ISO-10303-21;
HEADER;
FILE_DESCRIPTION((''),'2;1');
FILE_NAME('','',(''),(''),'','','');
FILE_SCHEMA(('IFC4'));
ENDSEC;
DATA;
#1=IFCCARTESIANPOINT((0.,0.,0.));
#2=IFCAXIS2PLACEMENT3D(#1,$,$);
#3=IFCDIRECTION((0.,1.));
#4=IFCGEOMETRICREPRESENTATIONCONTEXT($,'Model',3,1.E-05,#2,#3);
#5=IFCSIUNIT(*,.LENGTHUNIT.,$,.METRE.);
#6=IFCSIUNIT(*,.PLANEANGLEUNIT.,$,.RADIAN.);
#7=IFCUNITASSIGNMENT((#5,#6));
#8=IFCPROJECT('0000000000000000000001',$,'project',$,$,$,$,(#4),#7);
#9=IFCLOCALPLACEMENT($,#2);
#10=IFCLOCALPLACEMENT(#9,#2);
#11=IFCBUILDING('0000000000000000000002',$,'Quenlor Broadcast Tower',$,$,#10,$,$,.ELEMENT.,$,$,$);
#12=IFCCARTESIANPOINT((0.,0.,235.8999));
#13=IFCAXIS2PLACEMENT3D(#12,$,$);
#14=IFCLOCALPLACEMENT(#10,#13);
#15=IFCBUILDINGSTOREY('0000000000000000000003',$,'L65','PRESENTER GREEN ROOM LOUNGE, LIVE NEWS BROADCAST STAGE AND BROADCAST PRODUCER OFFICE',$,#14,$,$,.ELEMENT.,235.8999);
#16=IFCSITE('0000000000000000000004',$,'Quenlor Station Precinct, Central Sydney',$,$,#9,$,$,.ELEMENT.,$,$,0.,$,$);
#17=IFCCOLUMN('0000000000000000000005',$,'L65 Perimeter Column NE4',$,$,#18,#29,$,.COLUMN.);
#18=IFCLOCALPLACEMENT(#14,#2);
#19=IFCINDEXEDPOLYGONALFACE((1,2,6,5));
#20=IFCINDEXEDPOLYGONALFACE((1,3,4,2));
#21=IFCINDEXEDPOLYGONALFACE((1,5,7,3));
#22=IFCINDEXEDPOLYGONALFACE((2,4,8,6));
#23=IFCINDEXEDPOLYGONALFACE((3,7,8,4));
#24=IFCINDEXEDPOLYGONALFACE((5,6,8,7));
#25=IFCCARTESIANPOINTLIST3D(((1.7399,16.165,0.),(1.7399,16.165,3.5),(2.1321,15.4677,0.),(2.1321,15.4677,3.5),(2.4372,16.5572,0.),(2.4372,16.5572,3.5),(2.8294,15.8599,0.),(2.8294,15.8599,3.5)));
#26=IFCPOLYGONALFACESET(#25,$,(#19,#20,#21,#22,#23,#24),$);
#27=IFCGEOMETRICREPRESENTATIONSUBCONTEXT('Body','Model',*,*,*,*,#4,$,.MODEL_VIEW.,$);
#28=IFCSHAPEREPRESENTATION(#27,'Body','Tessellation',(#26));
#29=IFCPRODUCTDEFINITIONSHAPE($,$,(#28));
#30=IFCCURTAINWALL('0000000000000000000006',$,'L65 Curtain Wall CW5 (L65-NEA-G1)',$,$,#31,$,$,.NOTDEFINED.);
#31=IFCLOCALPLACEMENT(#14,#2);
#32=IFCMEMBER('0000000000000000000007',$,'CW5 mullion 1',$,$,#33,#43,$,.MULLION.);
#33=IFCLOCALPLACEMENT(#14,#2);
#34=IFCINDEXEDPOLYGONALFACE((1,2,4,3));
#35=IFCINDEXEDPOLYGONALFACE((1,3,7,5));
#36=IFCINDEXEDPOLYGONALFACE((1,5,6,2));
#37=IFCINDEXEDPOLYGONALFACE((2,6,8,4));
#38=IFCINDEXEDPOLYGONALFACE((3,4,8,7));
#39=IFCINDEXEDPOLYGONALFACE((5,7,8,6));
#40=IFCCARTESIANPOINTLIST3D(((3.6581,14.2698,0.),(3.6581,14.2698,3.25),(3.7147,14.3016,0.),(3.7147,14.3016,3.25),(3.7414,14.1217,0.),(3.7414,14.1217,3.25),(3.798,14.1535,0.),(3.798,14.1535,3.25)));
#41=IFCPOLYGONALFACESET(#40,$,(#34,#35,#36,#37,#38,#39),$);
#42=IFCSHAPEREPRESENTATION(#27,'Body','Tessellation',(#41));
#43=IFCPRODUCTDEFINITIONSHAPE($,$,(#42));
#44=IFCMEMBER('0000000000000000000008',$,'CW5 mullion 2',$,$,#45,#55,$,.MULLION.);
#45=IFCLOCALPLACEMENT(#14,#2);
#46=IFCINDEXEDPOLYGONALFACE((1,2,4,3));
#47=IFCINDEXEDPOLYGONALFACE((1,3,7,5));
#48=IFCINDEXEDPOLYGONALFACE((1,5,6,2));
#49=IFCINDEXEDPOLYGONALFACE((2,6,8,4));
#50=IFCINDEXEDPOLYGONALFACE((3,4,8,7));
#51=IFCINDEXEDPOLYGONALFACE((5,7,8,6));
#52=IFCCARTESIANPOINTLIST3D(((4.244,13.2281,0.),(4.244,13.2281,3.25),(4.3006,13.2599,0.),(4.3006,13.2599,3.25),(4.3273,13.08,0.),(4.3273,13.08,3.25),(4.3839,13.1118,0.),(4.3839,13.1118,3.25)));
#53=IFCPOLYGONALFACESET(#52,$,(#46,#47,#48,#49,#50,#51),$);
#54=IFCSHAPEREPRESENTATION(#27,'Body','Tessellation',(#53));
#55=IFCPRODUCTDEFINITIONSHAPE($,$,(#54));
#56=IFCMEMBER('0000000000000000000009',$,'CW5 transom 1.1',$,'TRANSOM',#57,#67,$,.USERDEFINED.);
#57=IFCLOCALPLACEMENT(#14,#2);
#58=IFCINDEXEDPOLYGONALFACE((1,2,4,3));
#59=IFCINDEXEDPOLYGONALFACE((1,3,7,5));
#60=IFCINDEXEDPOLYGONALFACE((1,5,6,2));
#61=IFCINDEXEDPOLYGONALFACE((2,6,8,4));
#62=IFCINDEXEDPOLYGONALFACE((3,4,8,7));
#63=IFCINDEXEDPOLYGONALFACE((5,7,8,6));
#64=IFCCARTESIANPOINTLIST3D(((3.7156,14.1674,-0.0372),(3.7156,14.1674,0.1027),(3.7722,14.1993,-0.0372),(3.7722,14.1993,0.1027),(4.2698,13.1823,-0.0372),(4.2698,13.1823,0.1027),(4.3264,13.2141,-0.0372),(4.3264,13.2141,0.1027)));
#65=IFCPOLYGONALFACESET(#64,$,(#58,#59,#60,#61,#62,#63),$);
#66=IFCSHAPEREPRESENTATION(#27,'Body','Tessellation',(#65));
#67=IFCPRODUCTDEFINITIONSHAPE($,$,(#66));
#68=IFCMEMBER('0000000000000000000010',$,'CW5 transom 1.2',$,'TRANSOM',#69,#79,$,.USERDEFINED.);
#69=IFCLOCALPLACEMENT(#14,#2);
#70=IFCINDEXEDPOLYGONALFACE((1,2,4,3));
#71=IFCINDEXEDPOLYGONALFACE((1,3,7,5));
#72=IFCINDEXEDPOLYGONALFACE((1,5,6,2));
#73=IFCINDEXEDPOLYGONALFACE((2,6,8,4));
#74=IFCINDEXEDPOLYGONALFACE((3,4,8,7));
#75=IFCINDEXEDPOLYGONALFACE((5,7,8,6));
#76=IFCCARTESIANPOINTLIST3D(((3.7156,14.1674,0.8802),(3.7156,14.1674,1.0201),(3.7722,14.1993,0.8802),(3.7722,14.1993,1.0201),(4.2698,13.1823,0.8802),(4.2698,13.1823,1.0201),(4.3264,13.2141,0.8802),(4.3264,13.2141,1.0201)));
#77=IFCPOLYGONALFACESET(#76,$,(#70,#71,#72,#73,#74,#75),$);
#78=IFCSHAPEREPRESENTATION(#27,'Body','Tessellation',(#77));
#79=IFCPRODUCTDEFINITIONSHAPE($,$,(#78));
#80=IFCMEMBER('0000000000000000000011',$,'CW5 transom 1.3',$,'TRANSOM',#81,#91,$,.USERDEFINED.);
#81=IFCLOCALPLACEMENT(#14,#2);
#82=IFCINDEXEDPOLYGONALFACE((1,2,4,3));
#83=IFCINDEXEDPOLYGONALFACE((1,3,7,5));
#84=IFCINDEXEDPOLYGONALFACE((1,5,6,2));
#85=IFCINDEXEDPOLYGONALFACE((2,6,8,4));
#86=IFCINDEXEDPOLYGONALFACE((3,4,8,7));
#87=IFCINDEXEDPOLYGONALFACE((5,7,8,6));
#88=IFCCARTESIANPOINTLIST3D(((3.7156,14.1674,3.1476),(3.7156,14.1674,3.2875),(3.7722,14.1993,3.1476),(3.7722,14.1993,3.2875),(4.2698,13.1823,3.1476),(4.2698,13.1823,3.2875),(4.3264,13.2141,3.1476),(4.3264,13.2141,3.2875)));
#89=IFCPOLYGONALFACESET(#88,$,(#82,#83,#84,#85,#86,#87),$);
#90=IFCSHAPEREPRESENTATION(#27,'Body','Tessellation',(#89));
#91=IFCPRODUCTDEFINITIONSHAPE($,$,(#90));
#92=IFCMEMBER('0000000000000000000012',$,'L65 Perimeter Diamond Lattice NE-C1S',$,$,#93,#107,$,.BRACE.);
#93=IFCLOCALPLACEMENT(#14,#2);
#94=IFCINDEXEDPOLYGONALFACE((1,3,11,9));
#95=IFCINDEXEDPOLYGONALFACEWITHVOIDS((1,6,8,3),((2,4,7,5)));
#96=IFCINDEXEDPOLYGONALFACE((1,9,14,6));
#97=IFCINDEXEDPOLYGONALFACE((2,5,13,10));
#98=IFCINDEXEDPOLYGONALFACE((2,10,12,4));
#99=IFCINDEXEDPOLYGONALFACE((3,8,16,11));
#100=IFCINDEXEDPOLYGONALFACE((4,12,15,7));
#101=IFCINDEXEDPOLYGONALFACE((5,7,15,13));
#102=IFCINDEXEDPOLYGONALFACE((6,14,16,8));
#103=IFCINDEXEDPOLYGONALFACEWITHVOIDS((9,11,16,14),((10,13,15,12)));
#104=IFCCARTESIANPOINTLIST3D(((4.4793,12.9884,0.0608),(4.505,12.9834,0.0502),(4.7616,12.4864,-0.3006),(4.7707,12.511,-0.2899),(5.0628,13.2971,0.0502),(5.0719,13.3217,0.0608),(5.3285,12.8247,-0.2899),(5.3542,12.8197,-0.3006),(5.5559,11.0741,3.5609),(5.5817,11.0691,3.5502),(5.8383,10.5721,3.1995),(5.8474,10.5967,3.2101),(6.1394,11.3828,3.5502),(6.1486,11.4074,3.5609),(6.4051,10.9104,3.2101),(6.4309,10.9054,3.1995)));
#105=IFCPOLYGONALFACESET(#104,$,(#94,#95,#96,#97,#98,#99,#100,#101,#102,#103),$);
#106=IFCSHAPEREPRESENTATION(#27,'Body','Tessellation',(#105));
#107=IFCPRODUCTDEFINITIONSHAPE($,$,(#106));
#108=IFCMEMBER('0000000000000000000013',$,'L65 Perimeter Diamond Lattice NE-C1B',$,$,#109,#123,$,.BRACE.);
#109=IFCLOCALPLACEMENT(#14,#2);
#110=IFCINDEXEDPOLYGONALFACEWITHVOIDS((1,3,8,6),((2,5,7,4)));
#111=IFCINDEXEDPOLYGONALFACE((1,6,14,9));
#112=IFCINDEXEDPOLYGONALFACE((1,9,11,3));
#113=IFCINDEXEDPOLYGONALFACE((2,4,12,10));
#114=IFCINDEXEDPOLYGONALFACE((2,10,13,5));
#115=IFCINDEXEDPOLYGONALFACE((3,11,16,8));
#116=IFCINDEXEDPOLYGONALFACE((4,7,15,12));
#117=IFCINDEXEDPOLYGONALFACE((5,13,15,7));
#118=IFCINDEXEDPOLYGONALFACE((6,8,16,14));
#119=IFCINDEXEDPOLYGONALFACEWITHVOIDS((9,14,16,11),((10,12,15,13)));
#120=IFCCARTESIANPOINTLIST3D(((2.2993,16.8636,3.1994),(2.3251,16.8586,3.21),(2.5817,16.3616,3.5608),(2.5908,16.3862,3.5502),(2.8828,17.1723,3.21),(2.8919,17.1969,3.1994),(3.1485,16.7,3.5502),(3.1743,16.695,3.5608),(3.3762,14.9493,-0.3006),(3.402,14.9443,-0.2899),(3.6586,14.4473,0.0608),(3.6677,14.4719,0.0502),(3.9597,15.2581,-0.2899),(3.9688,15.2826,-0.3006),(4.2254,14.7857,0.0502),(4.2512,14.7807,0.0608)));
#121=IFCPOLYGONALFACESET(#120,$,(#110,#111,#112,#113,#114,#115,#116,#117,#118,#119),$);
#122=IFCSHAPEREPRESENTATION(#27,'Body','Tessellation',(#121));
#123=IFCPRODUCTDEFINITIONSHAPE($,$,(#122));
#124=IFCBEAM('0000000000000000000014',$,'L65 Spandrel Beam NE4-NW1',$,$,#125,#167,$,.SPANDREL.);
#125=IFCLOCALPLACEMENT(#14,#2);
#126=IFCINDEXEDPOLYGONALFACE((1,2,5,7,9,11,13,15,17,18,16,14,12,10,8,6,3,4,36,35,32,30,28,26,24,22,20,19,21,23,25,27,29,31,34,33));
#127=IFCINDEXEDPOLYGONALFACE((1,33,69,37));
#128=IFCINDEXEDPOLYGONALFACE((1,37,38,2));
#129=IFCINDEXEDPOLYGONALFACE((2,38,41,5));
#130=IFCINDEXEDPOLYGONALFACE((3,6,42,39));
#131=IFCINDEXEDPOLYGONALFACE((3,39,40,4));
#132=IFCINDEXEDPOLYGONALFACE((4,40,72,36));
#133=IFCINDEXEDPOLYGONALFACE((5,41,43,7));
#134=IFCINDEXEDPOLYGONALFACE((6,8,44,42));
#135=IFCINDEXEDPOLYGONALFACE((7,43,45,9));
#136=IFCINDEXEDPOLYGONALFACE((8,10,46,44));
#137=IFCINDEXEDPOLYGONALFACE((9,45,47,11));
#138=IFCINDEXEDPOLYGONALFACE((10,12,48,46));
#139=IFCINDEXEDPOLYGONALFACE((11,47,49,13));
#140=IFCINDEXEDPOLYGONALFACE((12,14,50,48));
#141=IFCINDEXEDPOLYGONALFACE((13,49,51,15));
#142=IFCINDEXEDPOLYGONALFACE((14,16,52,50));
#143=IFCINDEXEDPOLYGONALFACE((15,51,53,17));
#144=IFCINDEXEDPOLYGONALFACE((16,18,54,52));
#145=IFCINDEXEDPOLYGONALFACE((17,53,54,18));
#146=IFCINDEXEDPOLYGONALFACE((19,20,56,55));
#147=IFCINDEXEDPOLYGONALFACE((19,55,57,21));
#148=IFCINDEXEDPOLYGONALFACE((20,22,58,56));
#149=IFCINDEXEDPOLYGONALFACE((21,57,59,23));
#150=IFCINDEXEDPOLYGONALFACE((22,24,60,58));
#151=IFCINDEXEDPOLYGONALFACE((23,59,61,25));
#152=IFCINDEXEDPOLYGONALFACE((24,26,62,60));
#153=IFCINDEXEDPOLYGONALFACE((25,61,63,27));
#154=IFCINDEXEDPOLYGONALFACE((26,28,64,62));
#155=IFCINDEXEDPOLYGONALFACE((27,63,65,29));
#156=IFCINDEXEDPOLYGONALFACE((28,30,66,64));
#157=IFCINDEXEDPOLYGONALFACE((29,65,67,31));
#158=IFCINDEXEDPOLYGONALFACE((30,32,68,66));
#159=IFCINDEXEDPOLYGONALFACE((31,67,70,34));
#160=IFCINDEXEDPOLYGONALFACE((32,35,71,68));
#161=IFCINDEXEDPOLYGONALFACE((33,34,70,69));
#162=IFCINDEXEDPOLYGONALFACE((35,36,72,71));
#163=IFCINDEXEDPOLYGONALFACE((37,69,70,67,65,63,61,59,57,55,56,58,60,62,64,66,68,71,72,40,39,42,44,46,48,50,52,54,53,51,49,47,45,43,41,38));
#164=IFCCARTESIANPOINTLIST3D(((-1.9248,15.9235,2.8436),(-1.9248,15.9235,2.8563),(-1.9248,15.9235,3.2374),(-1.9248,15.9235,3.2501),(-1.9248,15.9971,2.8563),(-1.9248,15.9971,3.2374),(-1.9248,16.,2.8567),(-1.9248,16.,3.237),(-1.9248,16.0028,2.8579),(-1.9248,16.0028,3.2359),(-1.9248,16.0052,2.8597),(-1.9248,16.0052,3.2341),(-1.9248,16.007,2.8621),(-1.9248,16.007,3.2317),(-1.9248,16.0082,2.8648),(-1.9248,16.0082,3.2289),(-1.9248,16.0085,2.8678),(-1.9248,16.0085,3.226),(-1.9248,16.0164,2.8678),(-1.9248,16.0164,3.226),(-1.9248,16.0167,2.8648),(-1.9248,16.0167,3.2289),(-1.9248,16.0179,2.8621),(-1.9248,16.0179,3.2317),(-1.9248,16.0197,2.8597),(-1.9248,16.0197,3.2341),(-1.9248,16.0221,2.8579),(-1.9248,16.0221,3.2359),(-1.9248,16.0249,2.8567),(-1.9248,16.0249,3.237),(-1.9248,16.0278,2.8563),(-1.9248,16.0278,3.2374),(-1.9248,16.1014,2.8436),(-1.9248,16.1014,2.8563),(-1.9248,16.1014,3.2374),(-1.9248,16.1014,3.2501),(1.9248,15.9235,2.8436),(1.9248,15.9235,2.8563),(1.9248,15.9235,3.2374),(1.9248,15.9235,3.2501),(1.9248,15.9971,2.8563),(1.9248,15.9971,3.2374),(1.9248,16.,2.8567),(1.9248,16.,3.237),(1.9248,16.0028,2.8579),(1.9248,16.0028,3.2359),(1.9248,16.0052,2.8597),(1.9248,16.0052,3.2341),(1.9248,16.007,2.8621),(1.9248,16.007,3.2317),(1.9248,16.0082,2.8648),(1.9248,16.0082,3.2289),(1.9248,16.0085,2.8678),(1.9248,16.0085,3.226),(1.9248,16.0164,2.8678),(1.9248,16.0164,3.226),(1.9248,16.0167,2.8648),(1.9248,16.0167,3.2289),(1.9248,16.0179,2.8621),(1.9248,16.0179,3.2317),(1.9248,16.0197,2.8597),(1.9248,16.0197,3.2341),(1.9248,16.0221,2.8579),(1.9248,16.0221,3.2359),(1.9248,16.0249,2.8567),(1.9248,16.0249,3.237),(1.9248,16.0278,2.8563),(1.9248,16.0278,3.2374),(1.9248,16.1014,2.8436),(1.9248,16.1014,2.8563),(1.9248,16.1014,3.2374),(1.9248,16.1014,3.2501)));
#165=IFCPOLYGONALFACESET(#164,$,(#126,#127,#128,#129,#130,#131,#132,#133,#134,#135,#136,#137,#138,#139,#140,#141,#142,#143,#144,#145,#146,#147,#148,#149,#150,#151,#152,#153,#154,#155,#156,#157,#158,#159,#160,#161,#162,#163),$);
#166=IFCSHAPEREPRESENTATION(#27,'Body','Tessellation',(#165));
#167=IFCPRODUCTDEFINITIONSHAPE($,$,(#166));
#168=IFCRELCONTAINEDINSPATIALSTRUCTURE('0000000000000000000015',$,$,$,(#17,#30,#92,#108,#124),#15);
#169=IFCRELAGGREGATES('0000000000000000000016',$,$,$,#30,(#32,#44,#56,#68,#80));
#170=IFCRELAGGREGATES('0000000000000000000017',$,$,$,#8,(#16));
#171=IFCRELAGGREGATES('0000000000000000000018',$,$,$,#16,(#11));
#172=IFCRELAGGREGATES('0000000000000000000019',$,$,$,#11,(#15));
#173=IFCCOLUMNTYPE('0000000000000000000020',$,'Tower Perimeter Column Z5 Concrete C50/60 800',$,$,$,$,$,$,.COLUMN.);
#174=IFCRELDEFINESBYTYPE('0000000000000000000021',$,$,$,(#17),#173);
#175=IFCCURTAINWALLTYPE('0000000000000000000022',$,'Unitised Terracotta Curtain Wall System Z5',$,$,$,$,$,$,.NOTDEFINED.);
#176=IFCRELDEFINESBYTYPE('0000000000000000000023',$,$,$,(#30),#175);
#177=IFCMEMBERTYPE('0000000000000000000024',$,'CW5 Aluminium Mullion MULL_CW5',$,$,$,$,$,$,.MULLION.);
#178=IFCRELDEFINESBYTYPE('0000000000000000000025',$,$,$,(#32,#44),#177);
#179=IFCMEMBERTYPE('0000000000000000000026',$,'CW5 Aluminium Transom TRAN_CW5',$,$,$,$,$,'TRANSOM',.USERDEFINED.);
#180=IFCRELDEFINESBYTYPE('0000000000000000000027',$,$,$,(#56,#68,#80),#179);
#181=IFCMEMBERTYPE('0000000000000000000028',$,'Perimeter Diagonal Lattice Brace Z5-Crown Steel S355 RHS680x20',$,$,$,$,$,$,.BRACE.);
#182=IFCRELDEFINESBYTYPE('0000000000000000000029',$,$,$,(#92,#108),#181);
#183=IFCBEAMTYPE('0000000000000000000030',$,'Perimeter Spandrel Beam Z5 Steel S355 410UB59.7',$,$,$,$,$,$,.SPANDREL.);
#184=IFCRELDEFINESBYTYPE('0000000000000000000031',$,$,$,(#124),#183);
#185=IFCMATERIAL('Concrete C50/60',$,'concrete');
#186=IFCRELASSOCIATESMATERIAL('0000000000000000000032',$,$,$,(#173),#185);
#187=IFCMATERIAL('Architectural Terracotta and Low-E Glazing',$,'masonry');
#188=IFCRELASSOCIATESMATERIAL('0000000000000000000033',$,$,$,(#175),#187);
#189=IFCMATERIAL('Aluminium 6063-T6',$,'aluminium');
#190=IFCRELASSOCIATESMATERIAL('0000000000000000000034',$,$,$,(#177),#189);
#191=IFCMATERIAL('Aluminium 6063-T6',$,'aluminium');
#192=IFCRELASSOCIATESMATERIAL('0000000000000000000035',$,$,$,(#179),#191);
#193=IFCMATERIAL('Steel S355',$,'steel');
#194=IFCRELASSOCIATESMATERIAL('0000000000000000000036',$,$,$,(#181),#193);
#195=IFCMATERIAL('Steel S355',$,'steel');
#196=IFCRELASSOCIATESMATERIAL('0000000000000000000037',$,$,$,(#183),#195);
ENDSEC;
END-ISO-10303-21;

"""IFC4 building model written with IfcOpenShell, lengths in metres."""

from ifc_helpers import new_model, si_unit, direction, frame, origin, origin_2d, place, context, subcontext, project, spatial, rectangle, hollow_rectangle, i_section, extrude, material, material_profile, profile_set, type_object, element, aggregate, save


model = new_model("IFC4")

# Units and contexts
model_context = context("Model", 3, precision=1e-05, world=origin(), true_north=direction((0.0, 1.0)))
body_context = subcontext(model_context, "Body", "Model", "MODEL_VIEW")
ifc_project = project(units=[si_unit("LENGTHUNIT", "METRE"), si_unit("PLANEANGLEUNIT", "RADIAN")], contexts=[model_context])

# Site, building, storey
site_placement = place(None, origin())
site = spatial("IfcSite", under=ifc_project, at=site_placement, Name="Quenlor Station Precinct, Central Sydney", CompositionType="ELEMENT", RefElevation=0.0)
building_placement = place(site_placement, origin())
building = spatial("IfcBuilding", under=site, at=building_placement, Name="Quenlor Broadcast Tower", CompositionType="ELEMENT")
storey_placement = place(building_placement, frame((0.0, 0.0, 235.8999)))
storey = spatial("IfcBuildingStorey", under=building, at=storey_placement, Name="L65", Description="PRESENTER GREEN ROOM LOUNGE, LIVE NEWS BROADCAST STAGE AND BROADCAST PRODUCER OFFICE", CompositionType="ELEMENT", Elevation=235.8999)

# Column
ifc_material_1 = material(Name="Concrete C50/60", Category="concrete")
ifc_material_profile_1 = material_profile(ifc_material_1, rectangle(XDim=0.8, YDim=0.8, at=origin_2d()))
ifc_profile_set_1 = profile_set([ifc_material_profile_1], Name="Concrete C50/60 RC800x800")
column_type = type_object("IfcColumnType", Name="Tower Perimeter Column Z5 Concrete C50/60 800", PredefinedType="COLUMN", material=ifc_profile_set_1)
column_placement = place(storey_placement, frame((2.2847, 16.0125, 0.0), z_axis=(0.0, 0.0, 1.0), x_axis=(0.871575, 0.490262, 0.0)))
element("IfcColumn", 1, at=column_placement, inside=storey, type_object=column_type, Name="L65 Perimeter Column NE4", PredefinedType="COLUMN", context=body_context, shape_type="SweptSolid", body=[
    extrude(rectangle(XDim=0.8, YDim=0.8, at=origin_2d()), origin(), (0.0, 0.0, 1.0), 3.5),
])

# Curtain wall, members
ifc_material_2 = material(Name="Architectural Terracotta and Low-E Glazing", Category="masonry")
curtain_wall_type = type_object("IfcCurtainWallType", Name="Unitised Terracotta Curtain Wall System Z5", PredefinedType="NOTDEFINED", material=ifc_material_2)
curtain_wall_placement = place(storey_placement, origin())
curtain_wall = element("IfcCurtainWall", 2, at=curtain_wall_placement, inside=storey, type_object=curtain_wall_type, Name="L65 Curtain Wall CW5 (L65-NEA-G1)", PredefinedType="NOTDEFINED")
ifc_material_3 = material(Name="Aluminium 6063-T6", Category="aluminium")
ifc_material_profile_2 = material_profile(ifc_material_3, rectangle(XDim=0.0649, YDim=0.1699, at=origin_2d()))
ifc_profile_set_2 = profile_set([ifc_material_profile_2], Name="Aluminium 6063-T6 MULL65x170")
member_type_1 = type_object("IfcMemberType", Name="CW5 Aluminium Mullion MULL_CW5", PredefinedType="MULLION", material=ifc_profile_set_2)
member_1_placement = place(storey_placement, frame((3.728, 14.2117, 0.0), z_axis=(0.0, 0.0, 1.0), x_axis=(0.871559, 0.490291, 0.0)))
member_1 = element("IfcMember", 3, at=member_1_placement, type_object=member_type_1, Name="CW5 mullion 1", PredefinedType="MULLION", context=body_context, shape_type="SweptSolid", body=[
    extrude(rectangle(XDim=0.0649, YDim=0.1699, at=origin_2d()), origin(), (0.0, 0.0, 1.0), 3.25),
])
member_2_placement = place(storey_placement, frame((4.314, 13.1699, 0.0), z_axis=(0.0, 0.0, 1.0), x_axis=(0.871559, 0.490291, 0.0)))
member_2 = element("IfcMember", 4, at=member_2_placement, type_object=member_type_1, Name="CW5 mullion 2", PredefinedType="MULLION", context=body_context, shape_type="SweptSolid", body=[
    extrude(rectangle(XDim=0.0649, YDim=0.1699, at=origin_2d()), origin(), (0.0, 0.0, 1.0), 3.25),
])
ifc_material_4 = material(Name="Aluminium 6063-T6", Category="aluminium")
ifc_material_profile_3 = material_profile(ifc_material_4, rectangle(XDim=0.0649, YDim=0.1399, at=origin_2d()))
ifc_profile_set_3 = profile_set([ifc_material_profile_3], Name="Aluminium 6063-T6 TRAN65x140")
member_type_2 = type_object("IfcMemberType", Name="CW5 Aluminium Transom TRAN_CW5", ElementType="TRANSOM", PredefinedType="USERDEFINED", material=ifc_profile_set_3)
member_3_placement = place(storey_placement, frame((3.7439, 14.1833, 0.0327), z_axis=(0.490313, -0.871547, 0.0), x_axis=(0.871547, 0.490313, 0.0)))
member_3 = element("IfcMember", 5, at=member_3_placement, type_object=member_type_2, Name="CW5 transom 1.1", ObjectType="TRANSOM", PredefinedType="USERDEFINED", context=body_context, shape_type="SweptSolid", body=[
    extrude(rectangle(XDim=0.0649, YDim=0.1399, at=origin_2d()), origin(), (0.0, 0.0, 1.0), 1.1304),
])
member_4_placement = place(storey_placement, frame((3.7439, 14.1833, 0.9502), z_axis=(0.490313, -0.871547, 0.0), x_axis=(0.871547, 0.490313, 0.0)))
member_4 = element("IfcMember", 6, at=member_4_placement, type_object=member_type_2, Name="CW5 transom 1.2", ObjectType="TRANSOM", PredefinedType="USERDEFINED", context=body_context, shape_type="SweptSolid", body=[
    extrude(rectangle(XDim=0.0649, YDim=0.1399, at=origin_2d()), origin(), (0.0, 0.0, 1.0), 1.1304),
])
member_5_placement = place(storey_placement, frame((3.7439, 14.1833, 3.2175), z_axis=(0.490313, -0.871547, 0.0), x_axis=(0.871547, 0.490313, 0.0)))
member_5 = element("IfcMember", 7, at=member_5_placement, type_object=member_type_2, Name="CW5 transom 1.3", ObjectType="TRANSOM", PredefinedType="USERDEFINED", context=body_context, shape_type="SweptSolid", body=[
    extrude(rectangle(XDim=0.0649, YDim=0.1399, at=origin_2d()), origin(), (0.0, 0.0, 1.0), 1.1304),
])

# Members
ifc_material_5 = material(Name="Steel S355", Category="steel")
ifc_material_profile_4 = material_profile(ifc_material_5, hollow_rectangle(XDim=0.6799, YDim=0.6799, WallThickness=0.02, at=origin_2d()))
ifc_profile_set_4 = profile_set([ifc_material_profile_4], Name="Steel S355 RHS680x680x20")
member_type_3 = type_object("IfcMemberType", Name="Perimeter Diagonal Lattice Brace Z5-Crown Steel S355 RHS680x20", PredefinedType="BRACE", material=ifc_profile_set_4)
for number, where, z_axis, x_axis, name in (
    (8, (4.9167, 12.9041, -0.1199), (0.260564, -0.463283, 0.847039), (0.871602, 0.490214, 0.0), "L65 Perimeter Diamond Lattice NE-C1S"),
    (9, (3.8137, 14.865, -0.1199), (-0.260619, 0.463276, 0.847026), (-0.871555, -0.490298, 0.0), "L65 Perimeter Diamond Lattice NE-C1B"),
):
    element("IfcMember", number, at=place(storey_placement, frame(where, z_axis=z_axis, x_axis=x_axis)), inside=storey, type_object=member_type_3, Name=name, PredefinedType="BRACE", context=body_context, shape_type="SweptSolid", body=[
        extrude(hollow_rectangle(XDim=0.6799, YDim=0.6799, WallThickness=0.02, at=origin_2d()), origin(), (0.0, 0.0, 1.0), 4.1321),
    ])

# Beam
ifc_material_6 = material(Name="Steel S355", Category="steel")
ifc_material_profile_5 = material_profile(ifc_material_6, i_section(OverallWidth=0.178, OverallDepth=0.4065, WebThickness=0.0078, FlangeThickness=0.0127, FilletRadius=0.0115, at=origin_2d()))
ifc_profile_set_5 = profile_set([ifc_material_profile_5], Name="Steel S355 410UB59.7")
beam_type_1 = type_object("IfcBeamType", Name="Perimeter Spandrel Beam Z5 Steel S355 410UB59.7", PredefinedType="SPANDREL", material=ifc_profile_set_5)
beam_1_placement = place(storey_placement, frame((1.9248, 16.0125, 3.0469), z_axis=(-1.0, 0.0, 0.0), x_axis=(0.0, -1.0, 0.0)))
element("IfcBeam", 10, at=beam_1_placement, inside=storey, type_object=beam_type_1, Name="L65 Spandrel Beam NE4-NW1", PredefinedType="SPANDREL", context=body_context, shape_type="SweptSolid", body=[
    extrude(i_section(OverallWidth=0.178, OverallDepth=0.4065, WebThickness=0.0078, FlangeThickness=0.0127, FilletRadius=0.0115, at=origin_2d()), origin(), (0.0, 0.0, 1.0), 3.8496),
])

aggregate(curtain_wall, [member_1, member_2, member_3, member_4, member_5])

save(model, "model.ifc")
